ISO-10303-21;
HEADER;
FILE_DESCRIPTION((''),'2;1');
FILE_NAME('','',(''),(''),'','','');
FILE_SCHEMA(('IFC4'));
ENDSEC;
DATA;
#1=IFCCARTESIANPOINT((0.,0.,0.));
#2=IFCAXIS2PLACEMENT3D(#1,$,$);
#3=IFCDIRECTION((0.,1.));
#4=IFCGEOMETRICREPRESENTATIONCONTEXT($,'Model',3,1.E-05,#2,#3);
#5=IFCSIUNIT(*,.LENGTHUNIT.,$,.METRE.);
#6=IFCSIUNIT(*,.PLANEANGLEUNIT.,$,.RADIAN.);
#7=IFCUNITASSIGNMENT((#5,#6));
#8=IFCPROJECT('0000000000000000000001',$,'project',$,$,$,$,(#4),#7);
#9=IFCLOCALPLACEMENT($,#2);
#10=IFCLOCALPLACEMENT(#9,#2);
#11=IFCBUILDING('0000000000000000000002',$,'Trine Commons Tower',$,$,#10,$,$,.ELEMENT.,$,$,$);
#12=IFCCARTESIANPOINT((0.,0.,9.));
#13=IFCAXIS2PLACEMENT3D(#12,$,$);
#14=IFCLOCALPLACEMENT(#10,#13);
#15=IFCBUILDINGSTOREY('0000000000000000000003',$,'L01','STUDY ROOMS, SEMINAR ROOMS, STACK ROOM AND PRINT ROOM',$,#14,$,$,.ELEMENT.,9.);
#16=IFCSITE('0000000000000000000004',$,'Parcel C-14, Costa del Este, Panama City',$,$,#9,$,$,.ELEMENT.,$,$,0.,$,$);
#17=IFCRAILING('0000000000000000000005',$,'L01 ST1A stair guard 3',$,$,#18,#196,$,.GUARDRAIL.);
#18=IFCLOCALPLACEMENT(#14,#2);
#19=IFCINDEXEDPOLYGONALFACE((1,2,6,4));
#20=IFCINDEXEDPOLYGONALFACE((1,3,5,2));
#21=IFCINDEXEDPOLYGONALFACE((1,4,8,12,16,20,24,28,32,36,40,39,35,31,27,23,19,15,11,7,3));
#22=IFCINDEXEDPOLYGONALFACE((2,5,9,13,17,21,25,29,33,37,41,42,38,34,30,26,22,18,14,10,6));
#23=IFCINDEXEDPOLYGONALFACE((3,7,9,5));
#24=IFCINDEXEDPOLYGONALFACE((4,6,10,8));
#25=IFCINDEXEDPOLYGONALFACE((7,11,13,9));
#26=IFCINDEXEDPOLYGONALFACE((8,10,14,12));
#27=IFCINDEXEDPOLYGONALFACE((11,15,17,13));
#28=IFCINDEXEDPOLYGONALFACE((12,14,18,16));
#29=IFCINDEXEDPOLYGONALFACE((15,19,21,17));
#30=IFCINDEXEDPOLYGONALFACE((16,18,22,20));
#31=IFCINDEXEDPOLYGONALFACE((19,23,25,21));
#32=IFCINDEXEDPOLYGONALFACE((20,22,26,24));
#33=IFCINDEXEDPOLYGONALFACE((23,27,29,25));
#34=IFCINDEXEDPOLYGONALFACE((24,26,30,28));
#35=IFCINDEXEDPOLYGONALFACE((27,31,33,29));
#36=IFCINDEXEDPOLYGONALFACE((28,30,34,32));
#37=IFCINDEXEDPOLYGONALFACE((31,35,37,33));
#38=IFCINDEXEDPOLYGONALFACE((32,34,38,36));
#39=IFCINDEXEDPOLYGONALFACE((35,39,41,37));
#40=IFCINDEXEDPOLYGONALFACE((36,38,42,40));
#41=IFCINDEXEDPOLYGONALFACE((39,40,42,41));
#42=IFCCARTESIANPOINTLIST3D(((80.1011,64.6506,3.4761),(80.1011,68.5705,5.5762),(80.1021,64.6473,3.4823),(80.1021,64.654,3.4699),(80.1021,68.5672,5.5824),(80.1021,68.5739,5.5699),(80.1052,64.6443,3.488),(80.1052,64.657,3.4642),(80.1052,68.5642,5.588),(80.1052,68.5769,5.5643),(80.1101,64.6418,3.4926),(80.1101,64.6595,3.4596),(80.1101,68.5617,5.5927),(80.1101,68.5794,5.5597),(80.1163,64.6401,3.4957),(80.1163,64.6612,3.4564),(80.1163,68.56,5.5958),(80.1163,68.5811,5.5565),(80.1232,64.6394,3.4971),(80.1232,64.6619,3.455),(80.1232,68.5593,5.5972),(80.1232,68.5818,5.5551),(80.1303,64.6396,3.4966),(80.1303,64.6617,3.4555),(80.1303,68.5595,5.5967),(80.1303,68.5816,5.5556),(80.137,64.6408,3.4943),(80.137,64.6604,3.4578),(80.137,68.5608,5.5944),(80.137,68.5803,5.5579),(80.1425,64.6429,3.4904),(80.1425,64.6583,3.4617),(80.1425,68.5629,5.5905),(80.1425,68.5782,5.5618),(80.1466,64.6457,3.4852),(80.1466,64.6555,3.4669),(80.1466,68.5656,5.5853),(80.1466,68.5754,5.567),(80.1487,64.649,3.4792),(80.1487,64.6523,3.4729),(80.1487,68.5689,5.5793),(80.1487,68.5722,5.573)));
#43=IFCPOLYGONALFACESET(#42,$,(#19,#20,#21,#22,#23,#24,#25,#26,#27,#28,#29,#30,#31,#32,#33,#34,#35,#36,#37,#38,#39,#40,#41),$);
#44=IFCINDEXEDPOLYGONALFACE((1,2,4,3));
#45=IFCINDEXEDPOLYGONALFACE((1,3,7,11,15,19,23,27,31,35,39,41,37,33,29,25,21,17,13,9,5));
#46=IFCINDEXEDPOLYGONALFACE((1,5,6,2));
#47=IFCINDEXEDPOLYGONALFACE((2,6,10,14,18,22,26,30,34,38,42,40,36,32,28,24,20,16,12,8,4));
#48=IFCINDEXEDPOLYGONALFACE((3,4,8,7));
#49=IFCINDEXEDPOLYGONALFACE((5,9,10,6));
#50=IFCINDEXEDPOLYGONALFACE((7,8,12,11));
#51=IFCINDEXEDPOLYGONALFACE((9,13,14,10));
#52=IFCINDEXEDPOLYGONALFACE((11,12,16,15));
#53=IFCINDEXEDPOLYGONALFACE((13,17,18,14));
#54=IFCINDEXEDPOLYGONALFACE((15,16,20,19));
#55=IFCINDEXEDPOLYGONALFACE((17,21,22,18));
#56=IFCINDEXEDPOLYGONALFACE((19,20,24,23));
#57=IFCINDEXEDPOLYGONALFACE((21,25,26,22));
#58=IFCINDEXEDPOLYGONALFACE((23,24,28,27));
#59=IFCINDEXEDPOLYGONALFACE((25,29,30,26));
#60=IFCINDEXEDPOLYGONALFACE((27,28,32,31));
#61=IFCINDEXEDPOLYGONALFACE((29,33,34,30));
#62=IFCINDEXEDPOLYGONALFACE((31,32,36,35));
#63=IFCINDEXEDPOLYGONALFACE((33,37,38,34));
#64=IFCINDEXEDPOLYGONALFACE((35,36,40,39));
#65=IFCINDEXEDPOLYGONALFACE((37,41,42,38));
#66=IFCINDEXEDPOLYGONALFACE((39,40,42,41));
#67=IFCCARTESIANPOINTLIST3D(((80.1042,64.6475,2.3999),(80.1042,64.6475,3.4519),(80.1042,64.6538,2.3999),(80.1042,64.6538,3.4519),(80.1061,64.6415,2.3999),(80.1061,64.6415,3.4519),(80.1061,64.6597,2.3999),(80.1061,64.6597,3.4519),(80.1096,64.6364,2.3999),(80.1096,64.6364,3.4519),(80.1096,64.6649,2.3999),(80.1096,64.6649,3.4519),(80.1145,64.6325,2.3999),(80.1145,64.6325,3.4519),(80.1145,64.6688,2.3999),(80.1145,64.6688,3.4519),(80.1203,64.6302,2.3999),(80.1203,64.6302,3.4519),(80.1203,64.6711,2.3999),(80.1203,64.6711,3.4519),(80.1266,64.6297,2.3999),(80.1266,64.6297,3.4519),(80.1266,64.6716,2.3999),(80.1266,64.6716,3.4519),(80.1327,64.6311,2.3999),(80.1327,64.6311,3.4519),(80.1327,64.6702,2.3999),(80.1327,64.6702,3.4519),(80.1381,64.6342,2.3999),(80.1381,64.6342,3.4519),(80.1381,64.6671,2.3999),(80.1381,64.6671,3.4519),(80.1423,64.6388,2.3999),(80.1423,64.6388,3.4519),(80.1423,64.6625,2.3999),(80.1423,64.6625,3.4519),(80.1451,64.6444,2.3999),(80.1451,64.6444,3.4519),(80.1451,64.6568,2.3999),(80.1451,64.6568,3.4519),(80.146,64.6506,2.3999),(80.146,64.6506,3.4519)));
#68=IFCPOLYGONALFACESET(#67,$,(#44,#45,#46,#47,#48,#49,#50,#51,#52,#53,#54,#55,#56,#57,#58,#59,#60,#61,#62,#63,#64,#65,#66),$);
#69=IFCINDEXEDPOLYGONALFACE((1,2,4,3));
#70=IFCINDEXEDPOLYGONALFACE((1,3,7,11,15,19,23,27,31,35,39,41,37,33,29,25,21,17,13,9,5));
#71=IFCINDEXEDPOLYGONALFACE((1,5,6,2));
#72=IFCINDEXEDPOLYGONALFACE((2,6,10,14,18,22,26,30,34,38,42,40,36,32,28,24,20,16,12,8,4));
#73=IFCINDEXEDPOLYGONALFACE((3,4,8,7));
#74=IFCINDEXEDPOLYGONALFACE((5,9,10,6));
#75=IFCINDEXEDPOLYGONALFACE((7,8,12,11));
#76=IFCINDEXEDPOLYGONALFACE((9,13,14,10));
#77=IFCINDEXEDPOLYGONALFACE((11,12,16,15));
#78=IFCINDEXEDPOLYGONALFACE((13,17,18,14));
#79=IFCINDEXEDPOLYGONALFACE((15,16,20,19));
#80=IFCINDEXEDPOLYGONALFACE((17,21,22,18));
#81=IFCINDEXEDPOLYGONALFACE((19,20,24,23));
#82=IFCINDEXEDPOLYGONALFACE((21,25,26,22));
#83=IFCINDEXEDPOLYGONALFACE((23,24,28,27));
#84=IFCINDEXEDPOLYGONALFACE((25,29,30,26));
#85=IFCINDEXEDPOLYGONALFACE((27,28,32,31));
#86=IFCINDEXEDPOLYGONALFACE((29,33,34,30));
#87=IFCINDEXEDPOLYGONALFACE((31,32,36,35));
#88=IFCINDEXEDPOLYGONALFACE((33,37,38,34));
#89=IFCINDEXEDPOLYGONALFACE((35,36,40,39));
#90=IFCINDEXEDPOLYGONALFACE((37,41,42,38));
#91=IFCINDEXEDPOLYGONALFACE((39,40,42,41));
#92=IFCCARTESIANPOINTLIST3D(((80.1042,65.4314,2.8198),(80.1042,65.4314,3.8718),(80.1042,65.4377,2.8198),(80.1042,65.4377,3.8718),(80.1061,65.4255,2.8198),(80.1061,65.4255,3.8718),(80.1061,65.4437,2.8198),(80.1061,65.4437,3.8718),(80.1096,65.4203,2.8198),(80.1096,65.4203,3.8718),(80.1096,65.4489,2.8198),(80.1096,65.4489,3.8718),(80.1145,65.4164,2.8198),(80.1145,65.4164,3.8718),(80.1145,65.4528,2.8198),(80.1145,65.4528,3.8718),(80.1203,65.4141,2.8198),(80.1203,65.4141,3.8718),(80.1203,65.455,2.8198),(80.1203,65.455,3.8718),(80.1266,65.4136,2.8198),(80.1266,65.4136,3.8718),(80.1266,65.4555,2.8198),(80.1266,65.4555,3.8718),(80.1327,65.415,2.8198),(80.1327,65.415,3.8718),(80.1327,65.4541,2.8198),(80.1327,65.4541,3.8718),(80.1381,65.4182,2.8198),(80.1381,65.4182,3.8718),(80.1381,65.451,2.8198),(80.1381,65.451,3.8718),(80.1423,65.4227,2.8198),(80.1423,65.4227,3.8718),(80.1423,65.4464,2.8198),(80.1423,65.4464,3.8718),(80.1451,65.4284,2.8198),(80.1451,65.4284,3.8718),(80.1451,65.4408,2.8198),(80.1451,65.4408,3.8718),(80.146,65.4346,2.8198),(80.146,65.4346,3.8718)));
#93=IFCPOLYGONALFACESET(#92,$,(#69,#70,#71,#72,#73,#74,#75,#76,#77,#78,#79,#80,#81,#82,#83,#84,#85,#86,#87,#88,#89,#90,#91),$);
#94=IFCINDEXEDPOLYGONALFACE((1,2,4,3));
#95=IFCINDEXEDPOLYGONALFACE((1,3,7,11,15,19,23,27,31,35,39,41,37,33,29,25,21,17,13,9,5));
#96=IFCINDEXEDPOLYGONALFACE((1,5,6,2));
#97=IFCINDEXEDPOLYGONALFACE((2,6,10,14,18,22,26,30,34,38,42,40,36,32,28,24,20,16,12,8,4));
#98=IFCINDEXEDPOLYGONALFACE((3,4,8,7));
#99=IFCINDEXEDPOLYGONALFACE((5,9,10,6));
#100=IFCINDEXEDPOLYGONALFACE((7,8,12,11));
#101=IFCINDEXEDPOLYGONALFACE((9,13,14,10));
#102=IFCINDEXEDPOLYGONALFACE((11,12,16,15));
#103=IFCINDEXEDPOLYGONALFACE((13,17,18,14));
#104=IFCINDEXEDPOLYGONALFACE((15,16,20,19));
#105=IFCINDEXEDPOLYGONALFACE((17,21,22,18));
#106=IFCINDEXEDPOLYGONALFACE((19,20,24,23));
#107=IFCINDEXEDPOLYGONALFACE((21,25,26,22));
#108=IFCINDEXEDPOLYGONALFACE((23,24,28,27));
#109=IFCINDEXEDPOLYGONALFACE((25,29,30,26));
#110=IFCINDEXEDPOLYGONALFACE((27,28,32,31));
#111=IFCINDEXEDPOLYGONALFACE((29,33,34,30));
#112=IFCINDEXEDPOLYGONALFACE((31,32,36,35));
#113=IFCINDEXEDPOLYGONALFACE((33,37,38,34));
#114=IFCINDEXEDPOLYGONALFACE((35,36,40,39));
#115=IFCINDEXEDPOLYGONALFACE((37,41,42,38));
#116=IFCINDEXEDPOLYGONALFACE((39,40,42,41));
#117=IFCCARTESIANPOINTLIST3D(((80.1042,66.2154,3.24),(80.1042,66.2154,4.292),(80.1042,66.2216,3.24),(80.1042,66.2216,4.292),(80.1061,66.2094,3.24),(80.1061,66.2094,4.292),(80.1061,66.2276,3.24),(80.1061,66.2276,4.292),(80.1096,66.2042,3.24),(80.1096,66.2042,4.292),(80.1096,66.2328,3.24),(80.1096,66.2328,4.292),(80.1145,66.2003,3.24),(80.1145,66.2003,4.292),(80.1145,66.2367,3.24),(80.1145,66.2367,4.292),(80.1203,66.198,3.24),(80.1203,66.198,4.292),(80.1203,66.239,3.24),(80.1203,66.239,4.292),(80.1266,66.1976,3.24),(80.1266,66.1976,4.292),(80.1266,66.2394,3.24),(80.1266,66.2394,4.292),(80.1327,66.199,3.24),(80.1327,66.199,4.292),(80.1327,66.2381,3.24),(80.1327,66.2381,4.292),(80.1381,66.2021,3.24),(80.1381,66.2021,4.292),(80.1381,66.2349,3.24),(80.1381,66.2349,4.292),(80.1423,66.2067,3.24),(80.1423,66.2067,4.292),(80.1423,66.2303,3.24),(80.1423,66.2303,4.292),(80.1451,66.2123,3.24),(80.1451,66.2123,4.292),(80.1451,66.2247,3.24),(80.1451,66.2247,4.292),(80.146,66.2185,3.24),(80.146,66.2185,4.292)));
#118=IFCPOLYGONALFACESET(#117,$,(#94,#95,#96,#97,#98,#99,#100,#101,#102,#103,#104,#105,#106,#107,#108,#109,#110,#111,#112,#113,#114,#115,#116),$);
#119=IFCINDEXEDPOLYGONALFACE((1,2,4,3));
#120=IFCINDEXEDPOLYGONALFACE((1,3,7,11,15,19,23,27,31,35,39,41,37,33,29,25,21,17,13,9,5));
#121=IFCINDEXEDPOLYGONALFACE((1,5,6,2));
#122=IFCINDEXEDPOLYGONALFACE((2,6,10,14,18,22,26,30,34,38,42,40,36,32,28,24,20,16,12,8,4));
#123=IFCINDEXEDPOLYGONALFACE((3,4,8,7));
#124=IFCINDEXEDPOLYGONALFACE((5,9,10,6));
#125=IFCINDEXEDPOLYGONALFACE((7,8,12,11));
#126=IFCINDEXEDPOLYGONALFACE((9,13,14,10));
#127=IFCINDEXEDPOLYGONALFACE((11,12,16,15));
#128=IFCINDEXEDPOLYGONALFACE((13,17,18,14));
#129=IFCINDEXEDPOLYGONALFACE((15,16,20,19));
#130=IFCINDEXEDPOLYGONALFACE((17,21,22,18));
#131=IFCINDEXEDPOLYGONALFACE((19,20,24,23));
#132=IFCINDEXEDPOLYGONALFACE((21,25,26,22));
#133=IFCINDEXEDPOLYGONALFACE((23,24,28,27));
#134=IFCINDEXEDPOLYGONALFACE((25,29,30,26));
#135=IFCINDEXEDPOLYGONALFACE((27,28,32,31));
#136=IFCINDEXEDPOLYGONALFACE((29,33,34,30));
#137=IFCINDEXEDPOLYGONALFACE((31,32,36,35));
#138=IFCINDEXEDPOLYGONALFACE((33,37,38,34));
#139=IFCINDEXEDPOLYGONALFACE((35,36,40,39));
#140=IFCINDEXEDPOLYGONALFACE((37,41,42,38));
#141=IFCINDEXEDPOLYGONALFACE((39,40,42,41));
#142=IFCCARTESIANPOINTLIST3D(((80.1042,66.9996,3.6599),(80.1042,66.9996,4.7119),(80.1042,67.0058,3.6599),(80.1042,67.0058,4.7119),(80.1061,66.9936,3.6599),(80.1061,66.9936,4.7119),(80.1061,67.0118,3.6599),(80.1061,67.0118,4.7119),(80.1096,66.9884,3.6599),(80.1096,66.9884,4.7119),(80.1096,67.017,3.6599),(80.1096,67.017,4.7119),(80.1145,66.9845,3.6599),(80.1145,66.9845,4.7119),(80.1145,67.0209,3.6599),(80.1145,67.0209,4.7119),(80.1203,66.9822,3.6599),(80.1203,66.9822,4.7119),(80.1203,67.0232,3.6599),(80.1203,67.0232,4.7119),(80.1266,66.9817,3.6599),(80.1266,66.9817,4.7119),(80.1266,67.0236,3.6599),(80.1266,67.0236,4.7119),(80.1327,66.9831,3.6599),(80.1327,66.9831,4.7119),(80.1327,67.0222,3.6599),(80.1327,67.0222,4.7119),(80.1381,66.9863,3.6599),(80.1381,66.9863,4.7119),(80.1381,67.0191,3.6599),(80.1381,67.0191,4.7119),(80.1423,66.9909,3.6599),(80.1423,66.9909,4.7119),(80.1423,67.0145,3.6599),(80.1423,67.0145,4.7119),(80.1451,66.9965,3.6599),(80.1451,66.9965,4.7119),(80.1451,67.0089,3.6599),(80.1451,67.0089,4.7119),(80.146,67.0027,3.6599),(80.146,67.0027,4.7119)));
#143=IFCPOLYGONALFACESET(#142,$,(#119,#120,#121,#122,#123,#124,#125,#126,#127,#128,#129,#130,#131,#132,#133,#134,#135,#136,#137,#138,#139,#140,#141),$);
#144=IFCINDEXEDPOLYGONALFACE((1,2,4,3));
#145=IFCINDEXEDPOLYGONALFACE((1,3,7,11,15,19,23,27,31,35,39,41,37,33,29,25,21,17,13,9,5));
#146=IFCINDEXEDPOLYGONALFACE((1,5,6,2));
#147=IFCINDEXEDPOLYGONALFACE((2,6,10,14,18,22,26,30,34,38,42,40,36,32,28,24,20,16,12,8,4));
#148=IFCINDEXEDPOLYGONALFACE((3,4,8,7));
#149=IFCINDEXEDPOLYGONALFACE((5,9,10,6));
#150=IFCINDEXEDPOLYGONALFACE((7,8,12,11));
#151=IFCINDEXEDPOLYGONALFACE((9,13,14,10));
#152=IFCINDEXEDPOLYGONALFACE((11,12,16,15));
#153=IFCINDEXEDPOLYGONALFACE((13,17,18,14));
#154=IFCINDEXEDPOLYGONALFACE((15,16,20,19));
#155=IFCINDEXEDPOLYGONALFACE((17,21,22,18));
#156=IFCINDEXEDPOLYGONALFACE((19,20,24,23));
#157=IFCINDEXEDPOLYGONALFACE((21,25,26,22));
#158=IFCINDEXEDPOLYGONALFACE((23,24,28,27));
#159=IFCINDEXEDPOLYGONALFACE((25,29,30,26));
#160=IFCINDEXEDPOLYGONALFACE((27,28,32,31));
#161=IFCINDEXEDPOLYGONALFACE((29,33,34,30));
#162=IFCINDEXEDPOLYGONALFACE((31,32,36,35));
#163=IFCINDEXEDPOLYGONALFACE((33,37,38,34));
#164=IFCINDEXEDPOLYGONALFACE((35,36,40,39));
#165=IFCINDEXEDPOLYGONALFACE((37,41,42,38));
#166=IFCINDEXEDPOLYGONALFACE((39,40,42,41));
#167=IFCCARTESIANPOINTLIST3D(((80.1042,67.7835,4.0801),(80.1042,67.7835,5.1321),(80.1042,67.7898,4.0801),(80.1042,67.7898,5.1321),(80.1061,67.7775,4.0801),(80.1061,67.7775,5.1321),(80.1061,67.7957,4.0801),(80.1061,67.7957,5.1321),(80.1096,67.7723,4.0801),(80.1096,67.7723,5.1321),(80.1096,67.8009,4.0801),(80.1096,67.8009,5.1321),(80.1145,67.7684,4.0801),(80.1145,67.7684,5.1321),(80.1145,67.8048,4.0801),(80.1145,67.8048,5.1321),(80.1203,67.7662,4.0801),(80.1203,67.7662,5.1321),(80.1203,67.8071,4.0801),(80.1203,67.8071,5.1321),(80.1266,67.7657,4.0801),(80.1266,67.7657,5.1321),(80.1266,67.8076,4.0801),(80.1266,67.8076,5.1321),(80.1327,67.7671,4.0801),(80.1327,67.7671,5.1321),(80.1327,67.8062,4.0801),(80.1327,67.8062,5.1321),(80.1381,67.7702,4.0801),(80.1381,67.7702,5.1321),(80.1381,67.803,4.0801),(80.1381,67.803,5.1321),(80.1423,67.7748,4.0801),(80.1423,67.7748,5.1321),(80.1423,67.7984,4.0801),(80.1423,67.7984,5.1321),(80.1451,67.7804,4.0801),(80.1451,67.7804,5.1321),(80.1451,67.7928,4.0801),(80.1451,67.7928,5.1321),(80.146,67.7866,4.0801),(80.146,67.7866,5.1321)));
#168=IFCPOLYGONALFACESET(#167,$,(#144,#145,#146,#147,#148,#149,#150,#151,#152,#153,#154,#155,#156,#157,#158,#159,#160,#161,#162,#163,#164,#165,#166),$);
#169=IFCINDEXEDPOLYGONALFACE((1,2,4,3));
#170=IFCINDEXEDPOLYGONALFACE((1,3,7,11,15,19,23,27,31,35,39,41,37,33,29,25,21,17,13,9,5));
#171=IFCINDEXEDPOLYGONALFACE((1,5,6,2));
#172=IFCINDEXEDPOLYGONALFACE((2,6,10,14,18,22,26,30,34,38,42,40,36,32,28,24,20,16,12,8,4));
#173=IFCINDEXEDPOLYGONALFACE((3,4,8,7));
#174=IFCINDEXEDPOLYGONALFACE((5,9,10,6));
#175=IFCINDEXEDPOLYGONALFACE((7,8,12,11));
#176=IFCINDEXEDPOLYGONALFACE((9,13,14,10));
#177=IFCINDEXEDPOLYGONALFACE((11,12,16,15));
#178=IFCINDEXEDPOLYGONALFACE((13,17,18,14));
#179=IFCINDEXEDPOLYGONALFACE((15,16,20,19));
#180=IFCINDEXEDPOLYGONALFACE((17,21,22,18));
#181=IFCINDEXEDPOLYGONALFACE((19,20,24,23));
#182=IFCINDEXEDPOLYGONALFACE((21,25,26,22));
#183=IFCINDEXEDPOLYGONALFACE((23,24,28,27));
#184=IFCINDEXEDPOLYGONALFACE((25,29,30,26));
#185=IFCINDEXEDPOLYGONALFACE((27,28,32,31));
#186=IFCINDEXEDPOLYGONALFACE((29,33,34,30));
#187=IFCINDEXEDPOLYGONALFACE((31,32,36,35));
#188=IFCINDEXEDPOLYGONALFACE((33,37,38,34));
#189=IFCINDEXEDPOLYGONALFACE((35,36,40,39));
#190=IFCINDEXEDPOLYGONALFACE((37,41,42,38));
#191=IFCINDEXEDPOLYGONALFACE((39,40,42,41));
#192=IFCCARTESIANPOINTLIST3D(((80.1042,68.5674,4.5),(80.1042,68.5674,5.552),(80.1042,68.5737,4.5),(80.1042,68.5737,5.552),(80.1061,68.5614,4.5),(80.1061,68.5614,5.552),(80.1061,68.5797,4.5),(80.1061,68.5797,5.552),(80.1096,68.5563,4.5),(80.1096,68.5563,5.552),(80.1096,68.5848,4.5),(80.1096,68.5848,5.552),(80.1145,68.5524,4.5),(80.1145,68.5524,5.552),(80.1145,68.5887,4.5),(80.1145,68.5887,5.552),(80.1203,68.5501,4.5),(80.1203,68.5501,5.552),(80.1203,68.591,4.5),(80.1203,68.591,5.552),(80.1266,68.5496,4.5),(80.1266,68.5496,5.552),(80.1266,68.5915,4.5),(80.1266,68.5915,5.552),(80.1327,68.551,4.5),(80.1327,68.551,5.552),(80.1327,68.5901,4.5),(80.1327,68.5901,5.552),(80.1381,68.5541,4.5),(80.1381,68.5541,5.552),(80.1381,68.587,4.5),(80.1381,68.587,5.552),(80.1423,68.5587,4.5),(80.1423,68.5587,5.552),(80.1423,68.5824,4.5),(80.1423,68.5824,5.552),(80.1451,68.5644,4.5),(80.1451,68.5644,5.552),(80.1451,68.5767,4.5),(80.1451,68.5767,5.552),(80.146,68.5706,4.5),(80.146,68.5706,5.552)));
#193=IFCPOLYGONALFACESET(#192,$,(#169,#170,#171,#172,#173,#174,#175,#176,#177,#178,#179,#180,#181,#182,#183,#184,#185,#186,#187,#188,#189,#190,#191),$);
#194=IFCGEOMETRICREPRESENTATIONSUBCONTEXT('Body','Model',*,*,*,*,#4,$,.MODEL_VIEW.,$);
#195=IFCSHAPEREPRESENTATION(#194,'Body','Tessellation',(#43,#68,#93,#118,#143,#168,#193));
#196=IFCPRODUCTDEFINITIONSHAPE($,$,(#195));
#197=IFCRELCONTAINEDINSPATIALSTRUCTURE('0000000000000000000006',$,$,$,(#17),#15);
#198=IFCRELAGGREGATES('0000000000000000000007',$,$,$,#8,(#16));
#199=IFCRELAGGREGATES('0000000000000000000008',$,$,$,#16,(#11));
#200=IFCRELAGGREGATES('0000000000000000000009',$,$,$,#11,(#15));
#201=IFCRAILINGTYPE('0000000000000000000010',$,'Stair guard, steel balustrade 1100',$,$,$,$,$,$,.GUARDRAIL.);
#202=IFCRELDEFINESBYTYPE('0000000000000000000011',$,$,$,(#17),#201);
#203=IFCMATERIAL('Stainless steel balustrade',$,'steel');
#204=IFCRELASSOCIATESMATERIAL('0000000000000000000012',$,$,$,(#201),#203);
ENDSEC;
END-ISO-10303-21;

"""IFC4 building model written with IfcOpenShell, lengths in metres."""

from ifc_helpers import new_model, si_unit, direction, frame, origin, origin_2d, place, context, subcontext, project, spatial, circle, extrude, material, type_object, element, save


model = new_model("IFC4")

# Units and contexts
model_context = context("Model", 3, precision=1e-05, world=origin(), true_north=direction((0.0, 1.0)))
body_context = subcontext(model_context, "Body", "Model", "MODEL_VIEW")
ifc_project = project(units=[si_unit("LENGTHUNIT", "METRE"), si_unit("PLANEANGLEUNIT", "RADIAN")], contexts=[model_context])

# Site, building, storey
site_placement = place(None, origin())
site = spatial("IfcSite", under=ifc_project, at=site_placement, Name="Parcel C-14, Costa del Este, Panama City", CompositionType="ELEMENT", RefElevation=0.0)
building_placement = place(site_placement, origin())
building = spatial("IfcBuilding", under=site, at=building_placement, Name="Trine Commons Tower", CompositionType="ELEMENT")
storey_placement = place(building_placement, frame((0.0, 0.0, 9.0)))
storey = spatial("IfcBuildingStorey", under=building, at=storey_placement, Name="L01", Description="STUDY ROOMS, SEMINAR ROOMS, STACK ROOM AND PRINT ROOM", CompositionType="ELEMENT", Elevation=9.0)

# Railing
ifc_material_1 = material(Name="Stainless steel balustrade", Category="steel")
railing_type_1 = type_object("IfcRailingType", Name="Stair guard, steel balustrade 1100", PredefinedType="GUARDRAIL", material=ifc_material_1)
railing_1_placement = place(storey_placement, frame((80.125, 64.6506, 2.3999)))
element("IfcRailing", 1, at=railing_1_placement, inside=storey, type_object=railing_type_1, Name="L01 ST1A stair guard 3", PredefinedType="GUARDRAIL", context=body_context, shape_type="SweptSolid", body=[
    extrude(circle(Radius=0.0239, at=origin_2d()), frame((0.0, 0.0, 1.0762), z_axis=(0.0, 0.881467, 0.472246), x_axis=(-1.0, 0.0, 0.0)), (0.0, 0.0, 1.0), 4.447),
    extrude(circle(Radius=0.021, at=origin_2d()), origin(), (0.0, 0.0, 1.0), 1.052),
    extrude(circle(Radius=0.021, at=origin_2d()), frame((0.0, 0.7839, 0.4199)), (0.0, 0.0, 1.0), 1.052),
    extrude(circle(Radius=0.021, at=origin_2d()), frame((0.0, 1.5679, 0.8401)), (0.0, 0.0, 1.0), 1.052),
    extrude(circle(Radius=0.021, at=origin_2d()), frame((0.0, 2.3521, 1.26)), (0.0, 0.0, 1.0), 1.052),
    extrude(circle(Radius=0.021, at=origin_2d()), frame((0.0, 3.136, 1.6802)), (0.0, 0.0, 1.0), 1.052),
    extrude(circle(Radius=0.021, at=origin_2d()), frame((0.0, 3.9199, 2.1001)), (0.0, 0.0, 1.0), 1.052),
])

save(model, "model.ifc")
